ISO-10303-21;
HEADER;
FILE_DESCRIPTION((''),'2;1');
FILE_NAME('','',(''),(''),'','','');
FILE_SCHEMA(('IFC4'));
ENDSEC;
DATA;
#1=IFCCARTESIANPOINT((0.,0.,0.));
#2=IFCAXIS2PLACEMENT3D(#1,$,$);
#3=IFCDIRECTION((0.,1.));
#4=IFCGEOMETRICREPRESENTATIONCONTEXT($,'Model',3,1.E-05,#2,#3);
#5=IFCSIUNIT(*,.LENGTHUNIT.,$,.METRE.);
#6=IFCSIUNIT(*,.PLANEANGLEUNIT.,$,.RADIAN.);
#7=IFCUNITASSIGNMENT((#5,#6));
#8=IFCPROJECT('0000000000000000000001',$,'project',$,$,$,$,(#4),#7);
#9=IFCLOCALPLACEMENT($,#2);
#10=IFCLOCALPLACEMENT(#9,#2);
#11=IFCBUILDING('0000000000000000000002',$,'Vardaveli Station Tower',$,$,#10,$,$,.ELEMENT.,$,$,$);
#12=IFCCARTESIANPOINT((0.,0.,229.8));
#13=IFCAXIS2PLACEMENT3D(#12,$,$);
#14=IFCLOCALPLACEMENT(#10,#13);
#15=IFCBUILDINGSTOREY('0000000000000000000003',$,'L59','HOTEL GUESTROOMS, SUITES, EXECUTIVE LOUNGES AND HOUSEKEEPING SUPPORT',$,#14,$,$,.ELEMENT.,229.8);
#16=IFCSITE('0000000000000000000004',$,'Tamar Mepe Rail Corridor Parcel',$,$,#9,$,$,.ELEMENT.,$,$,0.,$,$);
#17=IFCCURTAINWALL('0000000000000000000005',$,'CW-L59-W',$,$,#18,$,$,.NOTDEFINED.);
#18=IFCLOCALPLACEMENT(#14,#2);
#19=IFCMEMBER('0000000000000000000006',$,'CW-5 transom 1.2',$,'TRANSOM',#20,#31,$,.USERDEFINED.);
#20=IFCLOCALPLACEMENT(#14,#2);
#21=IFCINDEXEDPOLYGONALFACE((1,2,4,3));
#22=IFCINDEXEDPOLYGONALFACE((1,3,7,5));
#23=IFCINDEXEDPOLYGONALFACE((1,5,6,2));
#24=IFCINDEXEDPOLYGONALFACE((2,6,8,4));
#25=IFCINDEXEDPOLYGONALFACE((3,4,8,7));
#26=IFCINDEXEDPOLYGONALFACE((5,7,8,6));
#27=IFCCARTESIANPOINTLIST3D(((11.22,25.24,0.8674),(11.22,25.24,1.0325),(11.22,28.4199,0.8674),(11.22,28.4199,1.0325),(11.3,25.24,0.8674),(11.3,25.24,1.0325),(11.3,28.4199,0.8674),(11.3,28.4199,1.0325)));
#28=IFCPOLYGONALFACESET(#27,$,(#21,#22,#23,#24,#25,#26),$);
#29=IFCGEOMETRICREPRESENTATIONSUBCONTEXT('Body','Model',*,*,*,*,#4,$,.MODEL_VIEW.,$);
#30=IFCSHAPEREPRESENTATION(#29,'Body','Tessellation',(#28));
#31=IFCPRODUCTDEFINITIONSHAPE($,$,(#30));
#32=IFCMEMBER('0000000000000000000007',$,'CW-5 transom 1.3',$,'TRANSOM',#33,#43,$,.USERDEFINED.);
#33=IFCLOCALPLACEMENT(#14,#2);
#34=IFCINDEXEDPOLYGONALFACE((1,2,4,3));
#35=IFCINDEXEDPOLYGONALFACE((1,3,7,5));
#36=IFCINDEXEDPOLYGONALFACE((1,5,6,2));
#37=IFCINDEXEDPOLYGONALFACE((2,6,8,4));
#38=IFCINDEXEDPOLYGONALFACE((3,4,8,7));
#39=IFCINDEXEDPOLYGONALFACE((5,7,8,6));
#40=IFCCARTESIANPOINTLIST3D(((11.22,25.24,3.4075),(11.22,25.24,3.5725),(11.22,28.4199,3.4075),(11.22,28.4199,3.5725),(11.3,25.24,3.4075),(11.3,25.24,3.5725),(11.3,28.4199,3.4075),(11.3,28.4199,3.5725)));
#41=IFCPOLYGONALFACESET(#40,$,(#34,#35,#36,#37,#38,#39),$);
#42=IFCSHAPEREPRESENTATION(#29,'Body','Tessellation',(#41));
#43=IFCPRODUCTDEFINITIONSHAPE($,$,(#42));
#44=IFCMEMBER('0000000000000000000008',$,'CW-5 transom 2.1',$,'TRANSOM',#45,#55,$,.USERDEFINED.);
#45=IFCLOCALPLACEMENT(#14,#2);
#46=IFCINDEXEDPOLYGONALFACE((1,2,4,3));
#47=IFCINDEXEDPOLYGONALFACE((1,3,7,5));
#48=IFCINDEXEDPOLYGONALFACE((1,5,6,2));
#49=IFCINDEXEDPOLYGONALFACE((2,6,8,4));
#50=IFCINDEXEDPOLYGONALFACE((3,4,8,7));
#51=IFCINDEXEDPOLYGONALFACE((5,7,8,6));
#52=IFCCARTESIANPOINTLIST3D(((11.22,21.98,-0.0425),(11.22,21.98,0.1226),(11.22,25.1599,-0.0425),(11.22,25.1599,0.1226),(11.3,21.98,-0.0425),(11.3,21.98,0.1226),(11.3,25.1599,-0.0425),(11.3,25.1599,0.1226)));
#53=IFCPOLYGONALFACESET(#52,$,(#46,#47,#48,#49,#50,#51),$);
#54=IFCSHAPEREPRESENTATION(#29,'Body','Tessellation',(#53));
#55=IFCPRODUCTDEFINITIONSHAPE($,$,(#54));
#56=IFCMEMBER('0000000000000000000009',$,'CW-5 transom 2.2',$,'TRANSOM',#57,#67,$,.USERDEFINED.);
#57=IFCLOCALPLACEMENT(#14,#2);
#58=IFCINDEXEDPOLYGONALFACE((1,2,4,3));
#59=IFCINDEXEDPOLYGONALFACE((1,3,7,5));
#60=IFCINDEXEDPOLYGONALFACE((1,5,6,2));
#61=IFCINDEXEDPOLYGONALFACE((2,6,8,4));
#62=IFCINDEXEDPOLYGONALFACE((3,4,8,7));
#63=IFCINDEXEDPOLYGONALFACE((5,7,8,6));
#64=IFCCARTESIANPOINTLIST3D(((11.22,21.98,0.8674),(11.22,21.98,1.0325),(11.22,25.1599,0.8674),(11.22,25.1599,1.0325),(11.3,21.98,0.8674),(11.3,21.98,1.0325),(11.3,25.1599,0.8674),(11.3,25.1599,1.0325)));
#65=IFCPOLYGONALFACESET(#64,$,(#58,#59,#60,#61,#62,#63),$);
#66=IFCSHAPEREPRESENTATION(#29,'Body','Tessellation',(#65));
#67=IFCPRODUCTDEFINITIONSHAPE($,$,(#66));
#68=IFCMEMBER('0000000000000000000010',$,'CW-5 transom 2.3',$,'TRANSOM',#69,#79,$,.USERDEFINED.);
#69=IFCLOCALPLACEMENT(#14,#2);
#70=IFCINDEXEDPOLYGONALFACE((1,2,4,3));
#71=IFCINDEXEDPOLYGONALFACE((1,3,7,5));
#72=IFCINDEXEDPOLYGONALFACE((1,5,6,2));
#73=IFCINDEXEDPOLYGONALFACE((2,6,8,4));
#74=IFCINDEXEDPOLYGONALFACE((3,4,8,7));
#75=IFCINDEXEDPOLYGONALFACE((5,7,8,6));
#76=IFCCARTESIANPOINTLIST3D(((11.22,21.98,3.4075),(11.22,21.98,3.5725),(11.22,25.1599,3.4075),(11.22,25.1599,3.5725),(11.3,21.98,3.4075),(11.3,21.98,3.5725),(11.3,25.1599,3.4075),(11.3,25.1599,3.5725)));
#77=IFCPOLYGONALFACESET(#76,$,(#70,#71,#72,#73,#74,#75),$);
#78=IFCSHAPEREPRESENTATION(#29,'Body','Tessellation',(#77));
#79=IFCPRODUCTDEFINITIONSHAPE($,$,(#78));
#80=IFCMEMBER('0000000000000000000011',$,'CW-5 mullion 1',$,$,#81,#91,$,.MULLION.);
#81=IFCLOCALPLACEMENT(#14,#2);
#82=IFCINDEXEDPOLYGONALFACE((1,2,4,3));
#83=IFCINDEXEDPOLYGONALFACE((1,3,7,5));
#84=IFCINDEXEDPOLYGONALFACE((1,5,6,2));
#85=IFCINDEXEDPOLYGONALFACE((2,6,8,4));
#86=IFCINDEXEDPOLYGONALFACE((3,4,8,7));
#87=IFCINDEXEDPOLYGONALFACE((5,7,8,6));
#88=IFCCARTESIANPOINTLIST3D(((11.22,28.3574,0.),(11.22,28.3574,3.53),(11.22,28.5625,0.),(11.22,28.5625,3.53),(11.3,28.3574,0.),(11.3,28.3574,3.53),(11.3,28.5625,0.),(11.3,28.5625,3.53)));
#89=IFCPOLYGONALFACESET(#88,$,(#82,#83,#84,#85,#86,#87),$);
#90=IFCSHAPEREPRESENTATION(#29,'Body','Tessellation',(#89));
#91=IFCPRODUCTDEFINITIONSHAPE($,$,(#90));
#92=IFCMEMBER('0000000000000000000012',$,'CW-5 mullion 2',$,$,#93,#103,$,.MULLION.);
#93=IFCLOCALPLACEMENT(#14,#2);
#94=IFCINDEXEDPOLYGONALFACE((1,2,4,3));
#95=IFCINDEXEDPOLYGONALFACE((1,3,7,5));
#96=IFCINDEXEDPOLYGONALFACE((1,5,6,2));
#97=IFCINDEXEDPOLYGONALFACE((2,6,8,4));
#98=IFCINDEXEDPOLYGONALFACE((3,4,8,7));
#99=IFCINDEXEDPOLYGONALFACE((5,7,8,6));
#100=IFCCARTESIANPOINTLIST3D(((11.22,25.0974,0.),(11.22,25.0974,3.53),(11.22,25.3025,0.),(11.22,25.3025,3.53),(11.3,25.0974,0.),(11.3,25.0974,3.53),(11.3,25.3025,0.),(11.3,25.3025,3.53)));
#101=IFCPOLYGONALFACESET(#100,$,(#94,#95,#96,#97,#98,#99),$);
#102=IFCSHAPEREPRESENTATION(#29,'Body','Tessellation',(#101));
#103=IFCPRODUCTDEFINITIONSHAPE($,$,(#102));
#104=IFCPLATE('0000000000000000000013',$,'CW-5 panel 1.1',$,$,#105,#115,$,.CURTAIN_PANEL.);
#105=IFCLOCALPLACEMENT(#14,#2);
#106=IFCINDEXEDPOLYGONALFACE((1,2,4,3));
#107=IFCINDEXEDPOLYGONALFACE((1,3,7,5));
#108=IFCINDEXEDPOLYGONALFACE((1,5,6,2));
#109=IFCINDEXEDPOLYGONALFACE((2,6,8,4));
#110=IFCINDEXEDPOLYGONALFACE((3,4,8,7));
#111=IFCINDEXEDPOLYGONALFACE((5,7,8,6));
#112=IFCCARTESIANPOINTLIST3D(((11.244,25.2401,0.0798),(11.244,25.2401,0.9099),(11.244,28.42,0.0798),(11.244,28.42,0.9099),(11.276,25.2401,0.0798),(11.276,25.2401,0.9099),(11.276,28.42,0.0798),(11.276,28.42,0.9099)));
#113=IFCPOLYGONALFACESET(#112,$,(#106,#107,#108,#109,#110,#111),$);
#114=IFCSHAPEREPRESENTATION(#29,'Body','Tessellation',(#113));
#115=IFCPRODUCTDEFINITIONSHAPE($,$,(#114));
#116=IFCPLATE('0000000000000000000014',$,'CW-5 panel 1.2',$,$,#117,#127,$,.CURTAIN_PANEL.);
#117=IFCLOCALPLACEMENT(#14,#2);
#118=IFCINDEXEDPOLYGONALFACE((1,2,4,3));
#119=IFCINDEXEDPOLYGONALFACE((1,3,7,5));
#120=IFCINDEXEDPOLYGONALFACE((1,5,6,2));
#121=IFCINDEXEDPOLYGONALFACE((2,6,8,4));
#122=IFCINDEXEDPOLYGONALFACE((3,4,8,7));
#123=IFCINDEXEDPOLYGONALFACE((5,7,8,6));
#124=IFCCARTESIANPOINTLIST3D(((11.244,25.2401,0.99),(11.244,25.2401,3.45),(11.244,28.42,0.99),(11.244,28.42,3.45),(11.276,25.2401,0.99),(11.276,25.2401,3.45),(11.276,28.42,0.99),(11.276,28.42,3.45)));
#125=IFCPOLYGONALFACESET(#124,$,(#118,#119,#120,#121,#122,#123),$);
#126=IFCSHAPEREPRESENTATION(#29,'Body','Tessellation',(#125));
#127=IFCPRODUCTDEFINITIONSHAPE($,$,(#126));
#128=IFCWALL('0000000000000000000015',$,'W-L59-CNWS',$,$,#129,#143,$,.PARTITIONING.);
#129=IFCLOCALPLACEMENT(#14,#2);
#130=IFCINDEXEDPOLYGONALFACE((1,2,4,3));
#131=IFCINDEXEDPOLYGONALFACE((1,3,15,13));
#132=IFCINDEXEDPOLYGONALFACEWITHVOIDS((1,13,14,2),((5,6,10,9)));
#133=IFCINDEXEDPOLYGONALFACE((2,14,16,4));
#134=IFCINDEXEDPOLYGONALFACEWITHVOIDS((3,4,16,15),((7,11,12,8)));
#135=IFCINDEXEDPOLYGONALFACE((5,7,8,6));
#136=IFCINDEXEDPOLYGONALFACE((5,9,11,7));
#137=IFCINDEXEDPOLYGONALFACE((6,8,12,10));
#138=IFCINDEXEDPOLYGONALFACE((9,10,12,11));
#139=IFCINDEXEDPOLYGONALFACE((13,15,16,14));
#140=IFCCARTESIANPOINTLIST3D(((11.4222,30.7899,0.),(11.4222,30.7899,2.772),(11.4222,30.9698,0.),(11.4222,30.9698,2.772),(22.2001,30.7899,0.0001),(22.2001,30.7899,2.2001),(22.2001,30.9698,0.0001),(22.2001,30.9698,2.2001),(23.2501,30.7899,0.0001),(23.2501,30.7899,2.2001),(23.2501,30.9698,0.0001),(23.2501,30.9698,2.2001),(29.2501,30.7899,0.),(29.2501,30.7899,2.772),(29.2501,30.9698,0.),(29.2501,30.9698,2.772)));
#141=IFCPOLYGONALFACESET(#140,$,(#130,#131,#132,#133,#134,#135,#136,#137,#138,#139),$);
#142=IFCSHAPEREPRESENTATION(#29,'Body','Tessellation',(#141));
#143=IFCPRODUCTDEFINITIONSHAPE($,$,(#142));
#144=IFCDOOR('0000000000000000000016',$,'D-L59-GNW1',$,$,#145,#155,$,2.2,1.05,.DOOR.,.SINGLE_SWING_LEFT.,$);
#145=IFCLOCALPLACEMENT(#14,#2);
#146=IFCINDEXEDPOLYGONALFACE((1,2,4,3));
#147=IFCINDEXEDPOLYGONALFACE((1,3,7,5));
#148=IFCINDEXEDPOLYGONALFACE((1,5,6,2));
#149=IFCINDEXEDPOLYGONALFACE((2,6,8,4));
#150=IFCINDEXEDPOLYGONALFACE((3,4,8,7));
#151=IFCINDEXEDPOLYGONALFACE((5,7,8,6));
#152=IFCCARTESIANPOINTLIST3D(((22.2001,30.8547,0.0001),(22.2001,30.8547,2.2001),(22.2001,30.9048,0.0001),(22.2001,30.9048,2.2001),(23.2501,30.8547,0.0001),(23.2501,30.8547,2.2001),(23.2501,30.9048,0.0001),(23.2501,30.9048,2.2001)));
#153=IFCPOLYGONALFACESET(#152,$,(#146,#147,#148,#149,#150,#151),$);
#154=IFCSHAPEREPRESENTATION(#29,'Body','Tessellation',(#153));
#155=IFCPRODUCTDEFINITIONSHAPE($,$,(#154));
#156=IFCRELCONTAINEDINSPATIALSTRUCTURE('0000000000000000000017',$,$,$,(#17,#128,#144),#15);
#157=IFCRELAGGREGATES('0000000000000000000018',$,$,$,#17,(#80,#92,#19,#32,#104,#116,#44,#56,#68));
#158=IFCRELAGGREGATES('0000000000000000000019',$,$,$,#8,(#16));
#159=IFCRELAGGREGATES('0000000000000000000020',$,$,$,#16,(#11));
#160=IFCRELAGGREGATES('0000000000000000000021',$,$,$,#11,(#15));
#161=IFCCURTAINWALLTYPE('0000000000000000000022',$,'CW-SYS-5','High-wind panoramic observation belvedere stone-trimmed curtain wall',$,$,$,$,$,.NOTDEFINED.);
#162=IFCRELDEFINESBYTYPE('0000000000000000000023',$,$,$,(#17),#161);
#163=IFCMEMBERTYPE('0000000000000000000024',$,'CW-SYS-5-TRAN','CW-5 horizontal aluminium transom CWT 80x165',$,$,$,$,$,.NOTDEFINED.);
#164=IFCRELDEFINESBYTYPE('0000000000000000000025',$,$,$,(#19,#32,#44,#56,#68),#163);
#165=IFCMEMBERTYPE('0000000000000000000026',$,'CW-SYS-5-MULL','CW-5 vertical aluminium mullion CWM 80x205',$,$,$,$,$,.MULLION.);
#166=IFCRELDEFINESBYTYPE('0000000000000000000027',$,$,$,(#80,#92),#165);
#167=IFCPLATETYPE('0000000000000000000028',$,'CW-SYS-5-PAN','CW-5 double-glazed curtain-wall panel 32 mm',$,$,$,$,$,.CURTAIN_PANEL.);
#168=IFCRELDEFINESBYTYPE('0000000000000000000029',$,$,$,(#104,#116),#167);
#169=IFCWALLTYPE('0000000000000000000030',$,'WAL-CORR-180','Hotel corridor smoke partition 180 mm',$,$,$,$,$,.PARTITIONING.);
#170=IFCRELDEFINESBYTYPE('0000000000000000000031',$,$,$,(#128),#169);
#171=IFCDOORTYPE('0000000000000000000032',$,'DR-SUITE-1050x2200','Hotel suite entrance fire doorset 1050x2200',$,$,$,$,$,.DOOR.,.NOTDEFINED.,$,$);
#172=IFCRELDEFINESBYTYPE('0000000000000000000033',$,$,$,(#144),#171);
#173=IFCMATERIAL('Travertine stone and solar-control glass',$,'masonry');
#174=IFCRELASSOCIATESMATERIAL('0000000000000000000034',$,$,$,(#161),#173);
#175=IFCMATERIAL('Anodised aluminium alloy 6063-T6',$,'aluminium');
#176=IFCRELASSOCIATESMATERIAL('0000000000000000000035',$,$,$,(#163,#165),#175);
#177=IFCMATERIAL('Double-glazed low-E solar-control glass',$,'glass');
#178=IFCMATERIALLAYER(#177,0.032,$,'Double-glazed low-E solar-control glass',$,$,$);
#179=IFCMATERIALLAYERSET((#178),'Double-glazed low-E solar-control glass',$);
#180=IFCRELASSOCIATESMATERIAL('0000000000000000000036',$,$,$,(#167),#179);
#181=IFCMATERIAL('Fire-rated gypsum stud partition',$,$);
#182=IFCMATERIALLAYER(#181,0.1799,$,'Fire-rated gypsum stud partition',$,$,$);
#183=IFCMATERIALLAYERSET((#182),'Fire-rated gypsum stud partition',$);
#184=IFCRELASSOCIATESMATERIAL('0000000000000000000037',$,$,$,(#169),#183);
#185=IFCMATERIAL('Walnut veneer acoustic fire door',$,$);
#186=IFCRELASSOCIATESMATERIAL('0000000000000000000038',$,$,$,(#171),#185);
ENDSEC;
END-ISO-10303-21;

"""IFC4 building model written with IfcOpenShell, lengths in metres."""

from ifc_helpers import new_model, si_unit, direction, frame, frame_2d, origin, origin_2d, place, context, subcontext, project, spatial, rectangle, extrude, source, transform, mapped, material, layer, layer_set, material_profile, profile_set, type_object, element, fill, aggregate, save


model = new_model("IFC4")

# Units and contexts
model_context = context("Model", 3, precision=1e-05, world=origin(), true_north=direction((0.0, 1.0)))
body_context = subcontext(model_context, "Body", "Model", "MODEL_VIEW")
ifc_project = project(units=[si_unit("LENGTHUNIT", "METRE"), si_unit("PLANEANGLEUNIT", "RADIAN")], contexts=[model_context])

# Site, building, storey
site_placement = place(None, origin())
site = spatial("IfcSite", under=ifc_project, at=site_placement, Name="Tamar Mepe Rail Corridor Parcel", CompositionType="ELEMENT", RefElevation=0.0)
building_placement = place(site_placement, origin())
building = spatial("IfcBuilding", under=site, at=building_placement, Name="Vardaveli Station Tower", CompositionType="ELEMENT")
storey_placement = place(building_placement, frame((0.0, 0.0, 229.8)))
storey = spatial("IfcBuildingStorey", under=building, at=storey_placement, Name="L59", Description="HOTEL GUESTROOMS, SUITES, EXECUTIVE LOUNGES AND HOUSEKEEPING SUPPORT", CompositionType="ELEMENT", Elevation=229.8)

# Curtain wall, members, plates
ifc_material_1 = material(Name="Travertine stone and solar-control glass", Category="masonry")
curtain_wall_type = type_object("IfcCurtainWallType", Name="CW-SYS-5", Description="High-wind panoramic observation belvedere stone-trimmed curtain wall", PredefinedType="NOTDEFINED", material=ifc_material_1)
curtain_wall_placement = place(storey_placement, origin())
curtain_wall = element("IfcCurtainWall", 1, at=curtain_wall_placement, inside=storey, type_object=curtain_wall_type, Name="CW-L59-W", PredefinedType="NOTDEFINED")
ifc_material_2 = material(Name="Anodised aluminium alloy 6063-T6", Category="aluminium")
ifc_material_profile_1 = material_profile(ifc_material_2, rectangle(XDim=0.0801, YDim=0.165, at=origin_2d()), Name="CWT 80x165")
ifc_profile_set_1 = profile_set([ifc_material_profile_1], Name="Anodised aluminium alloy 6063-T6")
member_type_1 = type_object("IfcMemberType", Name="CW-SYS-5-TRAN", Description="CW-5 horizontal aluminium transom CWT 80x165", PredefinedType="NOTDEFINED", material=ifc_profile_set_1)
shared_shape_1 = source(origin(), body_context, "Body", "SweptSolid", [
    extrude(rectangle(XDim=0.0801, YDim=0.165, at=origin_2d()), origin(), (0.0, 0.0, 1.0), 3.1799),
])
member_1_placement = place(storey_placement, frame((11.26, 28.4199, 0.95), z_axis=(0.0, -1.0, 0.0), x_axis=(1.0, 0.0, 0.0)))
member_1 = element("IfcMember", 2, at=member_1_placement, type_object=member_type_1, Name="CW-5 transom 1.2", ObjectType="TRANSOM", PredefinedType="USERDEFINED", context=body_context, shape_type="MappedRepresentation", body=[
    mapped(shared_shape_1, transform((0.0, 0.0, 0.0), scale=1.0)),
])
member_2_placement = place(storey_placement, frame((11.26, 28.4199, 3.49), z_axis=(0.0, -1.0, 0.0), x_axis=(1.0, 0.0, 0.0)))
member_2 = element("IfcMember", 3, at=member_2_placement, type_object=member_type_1, Name="CW-5 transom 1.3", ObjectType="TRANSOM", PredefinedType="USERDEFINED", context=body_context, shape_type="MappedRepresentation", body=[
    mapped(shared_shape_1, transform((0.0, 0.0, 0.0), scale=1.0)),
])
member_3_placement = place(storey_placement, frame((11.26, 25.1599, 0.04), z_axis=(0.0, -1.0, 0.0), x_axis=(1.0, 0.0, 0.0)))
member_3 = element("IfcMember", 4, at=member_3_placement, type_object=member_type_1, Name="CW-5 transom 2.1", ObjectType="TRANSOM", PredefinedType="USERDEFINED", context=body_context, shape_type="MappedRepresentation", body=[
    mapped(shared_shape_1, transform((0.0, 0.0, 0.0), scale=1.0)),
])
member_4_placement = place(storey_placement, frame((11.26, 25.1599, 0.95), z_axis=(0.0, -1.0, 0.0), x_axis=(1.0, 0.0, 0.0)))
member_4 = element("IfcMember", 5, at=member_4_placement, type_object=member_type_1, Name="CW-5 transom 2.2", ObjectType="TRANSOM", PredefinedType="USERDEFINED", context=body_context, shape_type="MappedRepresentation", body=[
    mapped(shared_shape_1, transform((0.0, 0.0, 0.0), scale=1.0)),
])
member_5_placement = place(storey_placement, frame((11.26, 25.1599, 3.49), z_axis=(0.0, -1.0, 0.0), x_axis=(1.0, 0.0, 0.0)))
member_5 = element("IfcMember", 6, at=member_5_placement, type_object=member_type_1, Name="CW-5 transom 2.3", ObjectType="TRANSOM", PredefinedType="USERDEFINED", context=body_context, shape_type="MappedRepresentation", body=[
    mapped(shared_shape_1, transform((0.0, 0.0, 0.0), scale=1.0)),
])
ifc_material_profile_2 = material_profile(ifc_material_2, rectangle(XDim=0.0801, YDim=0.2051, at=origin_2d()), Name="CWM 80x205")
ifc_profile_set_2 = profile_set([ifc_material_profile_2], Name="Anodised aluminium alloy 6063-T6")
member_type_2 = type_object("IfcMemberType", Name="CW-SYS-5-MULL", Description="CW-5 vertical aluminium mullion CWM 80x205", PredefinedType="MULLION", material=ifc_profile_set_2)
shared_shape_2 = source(origin(), body_context, "Body", "SweptSolid", [
    extrude(rectangle(XDim=0.0801, YDim=0.2051, at=origin_2d()), origin(), (0.0, 0.0, 1.0), 3.53),
])
member_6_placement = place(storey_placement, frame((11.26, 28.46, 0.0), z_axis=(0.0, 0.0, 1.0), x_axis=(1.0, 0.0, 0.0)))
member_6 = element("IfcMember", 7, at=member_6_placement, type_object=member_type_2, Name="CW-5 mullion 1", PredefinedType="MULLION", context=body_context, shape_type="MappedRepresentation", body=[
    mapped(shared_shape_2, transform((0.0, 0.0, 0.0), scale=1.0)),
])
member_7_placement = place(storey_placement, frame((11.26, 25.2, 0.0), z_axis=(0.0, 0.0, 1.0), x_axis=(1.0, 0.0, 0.0)))
member_7 = element("IfcMember", 8, at=member_7_placement, type_object=member_type_2, Name="CW-5 mullion 2", PredefinedType="MULLION", context=body_context, shape_type="MappedRepresentation", body=[
    mapped(shared_shape_2, transform((0.0, 0.0, 0.0), scale=1.0)),
])
ifc_material_3 = material(Name="Double-glazed low-E solar-control glass", Category="glass")
ifc_layer_1 = layer(ifc_material_3, 0.032, Name="Double-glazed low-E solar-control glass")
ifc_layer_set_1 = layer_set([ifc_layer_1], Name="Double-glazed low-E solar-control glass")
plate_type = type_object("IfcPlateType", Name="CW-SYS-5-PAN", Description="CW-5 double-glazed curtain-wall panel 32 mm", PredefinedType="CURTAIN_PANEL", material=ifc_layer_set_1)
shared_shape_3 = source(origin(), body_context, "Body", "SweptSolid", [
    extrude(rectangle(XDim=3.1799, YDim=0.032, at=origin_2d()), origin(), (0.0, 0.0, 1.0), 0.8301),
])
plate_1_placement = place(storey_placement, frame((11.26, 26.8301, 0.0798), z_axis=(0.0, 0.0, 1.0), x_axis=(0.0, -1.0, 0.0)))
plate_1 = element("IfcPlate", 9, at=plate_1_placement, type_object=plate_type, Name="CW-5 panel 1.1", PredefinedType="CURTAIN_PANEL", context=body_context, shape_type="MappedRepresentation", body=[
    mapped(shared_shape_3, transform((0.0, 0.0, 0.0), scale=1.0)),
])
shared_shape_4 = source(origin(), body_context, "Body", "SweptSolid", [
    extrude(rectangle(XDim=3.1799, YDim=0.032, at=origin_2d()), origin(), (0.0, 0.0, 1.0), 2.46),
])
plate_2_placement = place(storey_placement, frame((11.26, 26.8301, 0.99), z_axis=(0.0, 0.0, 1.0), x_axis=(0.0, -1.0, 0.0)))
plate_2 = element("IfcPlate", 10, at=plate_2_placement, type_object=plate_type, Name="CW-5 panel 1.2", PredefinedType="CURTAIN_PANEL", context=body_context, shape_type="MappedRepresentation", body=[
    mapped(shared_shape_4, transform((0.0, 0.0, 0.0), scale=1.0)),
])
aggregate(curtain_wall, [member_6, member_7, member_1, member_2, plate_1, plate_2, member_3, member_4, member_5])

# Wall, opening, door
ifc_material_4 = material(Name="Fire-rated gypsum stud partition")
ifc_layer_2 = layer(ifc_material_4, 0.1799, Name="Fire-rated gypsum stud partition")
ifc_layer_set_2 = layer_set([ifc_layer_2], Name="Fire-rated gypsum stud partition")
wall_type = type_object("IfcWallType", Name="WAL-CORR-180", Description="Hotel corridor smoke partition 180 mm", PredefinedType="PARTITIONING", material=ifc_layer_set_2)
shared_shape_5 = source(origin(), body_context, "Body", "SweptSolid", [
    extrude(rectangle(XDim=17.8279, YDim=0.1799, at=frame_2d((8.9141, 0.0))), origin(), (0.0, 0.0, 1.0), 2.772),
])
wall_1_placement = place(storey_placement, frame((11.4221, 30.8799, 0.0), z_axis=(0.0, 0.0, 1.0), x_axis=(1.0, 0.0, 0.0)))
wall_1 = element("IfcWall", 11, at=wall_1_placement, inside=storey, type_object=wall_type, Name="W-L59-CNWS", PredefinedType="PARTITIONING", context=body_context, shape_type="MappedRepresentation", body=[
    mapped(shared_shape_5, transform((0.0, 0.0, 0.0), scale=1.0)),
])
shared_shape_6 = source(origin(), body_context, "Body", "SweptSolid", [
    extrude(rectangle(XDim=1.05, YDim=2.2, at=frame_2d((0.5249, 1.1001))), frame((0.0, 0.1001, 0.0), z_axis=(0.0, -1.0, 0.0), x_axis=(1.0, 0.0, 0.0)), (0.0, 0.0, 1.0), 0.2),
])
opening_1_placement = place(wall_1_placement, frame((10.7781, 0.0, 0.0)))
opening_1 = element("IfcOpeningElement", 12, at=opening_1_placement, cuts=wall_1, PredefinedType="OPENING", context=body_context, shape_type="MappedRepresentation", body=[
    mapped(shared_shape_6, transform((0.0, 0.0, 0.0), scale=1.0)),
])
ifc_material_5 = material(Name="Walnut veneer acoustic fire door")
door_type = type_object("IfcDoorType", Name="DR-SUITE-1050x2200", Description="Hotel suite entrance fire doorset 1050x2200", OperationType="NOTDEFINED", PredefinedType="DOOR", material=ifc_material_5)
shared_shape_7 = source(origin(), body_context, "Body", "SweptSolid", [
    extrude(rectangle(XDim=1.05, YDim=2.2, at=frame_2d((0.5249, 1.1001))), frame((0.0, 0.0249, 0.0), z_axis=(0.0, -1.0, 0.0), x_axis=(1.0, 0.0, 0.0)), (0.0, 0.0, 1.0), 0.05),
])
door_1_placement = place(opening_1_placement, origin())
door_1 = element("IfcDoor", 13, at=door_1_placement, inside=storey, type_object=door_type, Name="D-L59-GNW1", OperationType="SINGLE_SWING_LEFT", OverallHeight=2.2, OverallWidth=1.05, PredefinedType="DOOR", context=body_context, shape_type="MappedRepresentation", body=[
    mapped(shared_shape_7, transform((0.0, 0.0, 0.0), scale=1.0)),
])
fill(opening_1, door_1)

save(model, "model.ifc")
